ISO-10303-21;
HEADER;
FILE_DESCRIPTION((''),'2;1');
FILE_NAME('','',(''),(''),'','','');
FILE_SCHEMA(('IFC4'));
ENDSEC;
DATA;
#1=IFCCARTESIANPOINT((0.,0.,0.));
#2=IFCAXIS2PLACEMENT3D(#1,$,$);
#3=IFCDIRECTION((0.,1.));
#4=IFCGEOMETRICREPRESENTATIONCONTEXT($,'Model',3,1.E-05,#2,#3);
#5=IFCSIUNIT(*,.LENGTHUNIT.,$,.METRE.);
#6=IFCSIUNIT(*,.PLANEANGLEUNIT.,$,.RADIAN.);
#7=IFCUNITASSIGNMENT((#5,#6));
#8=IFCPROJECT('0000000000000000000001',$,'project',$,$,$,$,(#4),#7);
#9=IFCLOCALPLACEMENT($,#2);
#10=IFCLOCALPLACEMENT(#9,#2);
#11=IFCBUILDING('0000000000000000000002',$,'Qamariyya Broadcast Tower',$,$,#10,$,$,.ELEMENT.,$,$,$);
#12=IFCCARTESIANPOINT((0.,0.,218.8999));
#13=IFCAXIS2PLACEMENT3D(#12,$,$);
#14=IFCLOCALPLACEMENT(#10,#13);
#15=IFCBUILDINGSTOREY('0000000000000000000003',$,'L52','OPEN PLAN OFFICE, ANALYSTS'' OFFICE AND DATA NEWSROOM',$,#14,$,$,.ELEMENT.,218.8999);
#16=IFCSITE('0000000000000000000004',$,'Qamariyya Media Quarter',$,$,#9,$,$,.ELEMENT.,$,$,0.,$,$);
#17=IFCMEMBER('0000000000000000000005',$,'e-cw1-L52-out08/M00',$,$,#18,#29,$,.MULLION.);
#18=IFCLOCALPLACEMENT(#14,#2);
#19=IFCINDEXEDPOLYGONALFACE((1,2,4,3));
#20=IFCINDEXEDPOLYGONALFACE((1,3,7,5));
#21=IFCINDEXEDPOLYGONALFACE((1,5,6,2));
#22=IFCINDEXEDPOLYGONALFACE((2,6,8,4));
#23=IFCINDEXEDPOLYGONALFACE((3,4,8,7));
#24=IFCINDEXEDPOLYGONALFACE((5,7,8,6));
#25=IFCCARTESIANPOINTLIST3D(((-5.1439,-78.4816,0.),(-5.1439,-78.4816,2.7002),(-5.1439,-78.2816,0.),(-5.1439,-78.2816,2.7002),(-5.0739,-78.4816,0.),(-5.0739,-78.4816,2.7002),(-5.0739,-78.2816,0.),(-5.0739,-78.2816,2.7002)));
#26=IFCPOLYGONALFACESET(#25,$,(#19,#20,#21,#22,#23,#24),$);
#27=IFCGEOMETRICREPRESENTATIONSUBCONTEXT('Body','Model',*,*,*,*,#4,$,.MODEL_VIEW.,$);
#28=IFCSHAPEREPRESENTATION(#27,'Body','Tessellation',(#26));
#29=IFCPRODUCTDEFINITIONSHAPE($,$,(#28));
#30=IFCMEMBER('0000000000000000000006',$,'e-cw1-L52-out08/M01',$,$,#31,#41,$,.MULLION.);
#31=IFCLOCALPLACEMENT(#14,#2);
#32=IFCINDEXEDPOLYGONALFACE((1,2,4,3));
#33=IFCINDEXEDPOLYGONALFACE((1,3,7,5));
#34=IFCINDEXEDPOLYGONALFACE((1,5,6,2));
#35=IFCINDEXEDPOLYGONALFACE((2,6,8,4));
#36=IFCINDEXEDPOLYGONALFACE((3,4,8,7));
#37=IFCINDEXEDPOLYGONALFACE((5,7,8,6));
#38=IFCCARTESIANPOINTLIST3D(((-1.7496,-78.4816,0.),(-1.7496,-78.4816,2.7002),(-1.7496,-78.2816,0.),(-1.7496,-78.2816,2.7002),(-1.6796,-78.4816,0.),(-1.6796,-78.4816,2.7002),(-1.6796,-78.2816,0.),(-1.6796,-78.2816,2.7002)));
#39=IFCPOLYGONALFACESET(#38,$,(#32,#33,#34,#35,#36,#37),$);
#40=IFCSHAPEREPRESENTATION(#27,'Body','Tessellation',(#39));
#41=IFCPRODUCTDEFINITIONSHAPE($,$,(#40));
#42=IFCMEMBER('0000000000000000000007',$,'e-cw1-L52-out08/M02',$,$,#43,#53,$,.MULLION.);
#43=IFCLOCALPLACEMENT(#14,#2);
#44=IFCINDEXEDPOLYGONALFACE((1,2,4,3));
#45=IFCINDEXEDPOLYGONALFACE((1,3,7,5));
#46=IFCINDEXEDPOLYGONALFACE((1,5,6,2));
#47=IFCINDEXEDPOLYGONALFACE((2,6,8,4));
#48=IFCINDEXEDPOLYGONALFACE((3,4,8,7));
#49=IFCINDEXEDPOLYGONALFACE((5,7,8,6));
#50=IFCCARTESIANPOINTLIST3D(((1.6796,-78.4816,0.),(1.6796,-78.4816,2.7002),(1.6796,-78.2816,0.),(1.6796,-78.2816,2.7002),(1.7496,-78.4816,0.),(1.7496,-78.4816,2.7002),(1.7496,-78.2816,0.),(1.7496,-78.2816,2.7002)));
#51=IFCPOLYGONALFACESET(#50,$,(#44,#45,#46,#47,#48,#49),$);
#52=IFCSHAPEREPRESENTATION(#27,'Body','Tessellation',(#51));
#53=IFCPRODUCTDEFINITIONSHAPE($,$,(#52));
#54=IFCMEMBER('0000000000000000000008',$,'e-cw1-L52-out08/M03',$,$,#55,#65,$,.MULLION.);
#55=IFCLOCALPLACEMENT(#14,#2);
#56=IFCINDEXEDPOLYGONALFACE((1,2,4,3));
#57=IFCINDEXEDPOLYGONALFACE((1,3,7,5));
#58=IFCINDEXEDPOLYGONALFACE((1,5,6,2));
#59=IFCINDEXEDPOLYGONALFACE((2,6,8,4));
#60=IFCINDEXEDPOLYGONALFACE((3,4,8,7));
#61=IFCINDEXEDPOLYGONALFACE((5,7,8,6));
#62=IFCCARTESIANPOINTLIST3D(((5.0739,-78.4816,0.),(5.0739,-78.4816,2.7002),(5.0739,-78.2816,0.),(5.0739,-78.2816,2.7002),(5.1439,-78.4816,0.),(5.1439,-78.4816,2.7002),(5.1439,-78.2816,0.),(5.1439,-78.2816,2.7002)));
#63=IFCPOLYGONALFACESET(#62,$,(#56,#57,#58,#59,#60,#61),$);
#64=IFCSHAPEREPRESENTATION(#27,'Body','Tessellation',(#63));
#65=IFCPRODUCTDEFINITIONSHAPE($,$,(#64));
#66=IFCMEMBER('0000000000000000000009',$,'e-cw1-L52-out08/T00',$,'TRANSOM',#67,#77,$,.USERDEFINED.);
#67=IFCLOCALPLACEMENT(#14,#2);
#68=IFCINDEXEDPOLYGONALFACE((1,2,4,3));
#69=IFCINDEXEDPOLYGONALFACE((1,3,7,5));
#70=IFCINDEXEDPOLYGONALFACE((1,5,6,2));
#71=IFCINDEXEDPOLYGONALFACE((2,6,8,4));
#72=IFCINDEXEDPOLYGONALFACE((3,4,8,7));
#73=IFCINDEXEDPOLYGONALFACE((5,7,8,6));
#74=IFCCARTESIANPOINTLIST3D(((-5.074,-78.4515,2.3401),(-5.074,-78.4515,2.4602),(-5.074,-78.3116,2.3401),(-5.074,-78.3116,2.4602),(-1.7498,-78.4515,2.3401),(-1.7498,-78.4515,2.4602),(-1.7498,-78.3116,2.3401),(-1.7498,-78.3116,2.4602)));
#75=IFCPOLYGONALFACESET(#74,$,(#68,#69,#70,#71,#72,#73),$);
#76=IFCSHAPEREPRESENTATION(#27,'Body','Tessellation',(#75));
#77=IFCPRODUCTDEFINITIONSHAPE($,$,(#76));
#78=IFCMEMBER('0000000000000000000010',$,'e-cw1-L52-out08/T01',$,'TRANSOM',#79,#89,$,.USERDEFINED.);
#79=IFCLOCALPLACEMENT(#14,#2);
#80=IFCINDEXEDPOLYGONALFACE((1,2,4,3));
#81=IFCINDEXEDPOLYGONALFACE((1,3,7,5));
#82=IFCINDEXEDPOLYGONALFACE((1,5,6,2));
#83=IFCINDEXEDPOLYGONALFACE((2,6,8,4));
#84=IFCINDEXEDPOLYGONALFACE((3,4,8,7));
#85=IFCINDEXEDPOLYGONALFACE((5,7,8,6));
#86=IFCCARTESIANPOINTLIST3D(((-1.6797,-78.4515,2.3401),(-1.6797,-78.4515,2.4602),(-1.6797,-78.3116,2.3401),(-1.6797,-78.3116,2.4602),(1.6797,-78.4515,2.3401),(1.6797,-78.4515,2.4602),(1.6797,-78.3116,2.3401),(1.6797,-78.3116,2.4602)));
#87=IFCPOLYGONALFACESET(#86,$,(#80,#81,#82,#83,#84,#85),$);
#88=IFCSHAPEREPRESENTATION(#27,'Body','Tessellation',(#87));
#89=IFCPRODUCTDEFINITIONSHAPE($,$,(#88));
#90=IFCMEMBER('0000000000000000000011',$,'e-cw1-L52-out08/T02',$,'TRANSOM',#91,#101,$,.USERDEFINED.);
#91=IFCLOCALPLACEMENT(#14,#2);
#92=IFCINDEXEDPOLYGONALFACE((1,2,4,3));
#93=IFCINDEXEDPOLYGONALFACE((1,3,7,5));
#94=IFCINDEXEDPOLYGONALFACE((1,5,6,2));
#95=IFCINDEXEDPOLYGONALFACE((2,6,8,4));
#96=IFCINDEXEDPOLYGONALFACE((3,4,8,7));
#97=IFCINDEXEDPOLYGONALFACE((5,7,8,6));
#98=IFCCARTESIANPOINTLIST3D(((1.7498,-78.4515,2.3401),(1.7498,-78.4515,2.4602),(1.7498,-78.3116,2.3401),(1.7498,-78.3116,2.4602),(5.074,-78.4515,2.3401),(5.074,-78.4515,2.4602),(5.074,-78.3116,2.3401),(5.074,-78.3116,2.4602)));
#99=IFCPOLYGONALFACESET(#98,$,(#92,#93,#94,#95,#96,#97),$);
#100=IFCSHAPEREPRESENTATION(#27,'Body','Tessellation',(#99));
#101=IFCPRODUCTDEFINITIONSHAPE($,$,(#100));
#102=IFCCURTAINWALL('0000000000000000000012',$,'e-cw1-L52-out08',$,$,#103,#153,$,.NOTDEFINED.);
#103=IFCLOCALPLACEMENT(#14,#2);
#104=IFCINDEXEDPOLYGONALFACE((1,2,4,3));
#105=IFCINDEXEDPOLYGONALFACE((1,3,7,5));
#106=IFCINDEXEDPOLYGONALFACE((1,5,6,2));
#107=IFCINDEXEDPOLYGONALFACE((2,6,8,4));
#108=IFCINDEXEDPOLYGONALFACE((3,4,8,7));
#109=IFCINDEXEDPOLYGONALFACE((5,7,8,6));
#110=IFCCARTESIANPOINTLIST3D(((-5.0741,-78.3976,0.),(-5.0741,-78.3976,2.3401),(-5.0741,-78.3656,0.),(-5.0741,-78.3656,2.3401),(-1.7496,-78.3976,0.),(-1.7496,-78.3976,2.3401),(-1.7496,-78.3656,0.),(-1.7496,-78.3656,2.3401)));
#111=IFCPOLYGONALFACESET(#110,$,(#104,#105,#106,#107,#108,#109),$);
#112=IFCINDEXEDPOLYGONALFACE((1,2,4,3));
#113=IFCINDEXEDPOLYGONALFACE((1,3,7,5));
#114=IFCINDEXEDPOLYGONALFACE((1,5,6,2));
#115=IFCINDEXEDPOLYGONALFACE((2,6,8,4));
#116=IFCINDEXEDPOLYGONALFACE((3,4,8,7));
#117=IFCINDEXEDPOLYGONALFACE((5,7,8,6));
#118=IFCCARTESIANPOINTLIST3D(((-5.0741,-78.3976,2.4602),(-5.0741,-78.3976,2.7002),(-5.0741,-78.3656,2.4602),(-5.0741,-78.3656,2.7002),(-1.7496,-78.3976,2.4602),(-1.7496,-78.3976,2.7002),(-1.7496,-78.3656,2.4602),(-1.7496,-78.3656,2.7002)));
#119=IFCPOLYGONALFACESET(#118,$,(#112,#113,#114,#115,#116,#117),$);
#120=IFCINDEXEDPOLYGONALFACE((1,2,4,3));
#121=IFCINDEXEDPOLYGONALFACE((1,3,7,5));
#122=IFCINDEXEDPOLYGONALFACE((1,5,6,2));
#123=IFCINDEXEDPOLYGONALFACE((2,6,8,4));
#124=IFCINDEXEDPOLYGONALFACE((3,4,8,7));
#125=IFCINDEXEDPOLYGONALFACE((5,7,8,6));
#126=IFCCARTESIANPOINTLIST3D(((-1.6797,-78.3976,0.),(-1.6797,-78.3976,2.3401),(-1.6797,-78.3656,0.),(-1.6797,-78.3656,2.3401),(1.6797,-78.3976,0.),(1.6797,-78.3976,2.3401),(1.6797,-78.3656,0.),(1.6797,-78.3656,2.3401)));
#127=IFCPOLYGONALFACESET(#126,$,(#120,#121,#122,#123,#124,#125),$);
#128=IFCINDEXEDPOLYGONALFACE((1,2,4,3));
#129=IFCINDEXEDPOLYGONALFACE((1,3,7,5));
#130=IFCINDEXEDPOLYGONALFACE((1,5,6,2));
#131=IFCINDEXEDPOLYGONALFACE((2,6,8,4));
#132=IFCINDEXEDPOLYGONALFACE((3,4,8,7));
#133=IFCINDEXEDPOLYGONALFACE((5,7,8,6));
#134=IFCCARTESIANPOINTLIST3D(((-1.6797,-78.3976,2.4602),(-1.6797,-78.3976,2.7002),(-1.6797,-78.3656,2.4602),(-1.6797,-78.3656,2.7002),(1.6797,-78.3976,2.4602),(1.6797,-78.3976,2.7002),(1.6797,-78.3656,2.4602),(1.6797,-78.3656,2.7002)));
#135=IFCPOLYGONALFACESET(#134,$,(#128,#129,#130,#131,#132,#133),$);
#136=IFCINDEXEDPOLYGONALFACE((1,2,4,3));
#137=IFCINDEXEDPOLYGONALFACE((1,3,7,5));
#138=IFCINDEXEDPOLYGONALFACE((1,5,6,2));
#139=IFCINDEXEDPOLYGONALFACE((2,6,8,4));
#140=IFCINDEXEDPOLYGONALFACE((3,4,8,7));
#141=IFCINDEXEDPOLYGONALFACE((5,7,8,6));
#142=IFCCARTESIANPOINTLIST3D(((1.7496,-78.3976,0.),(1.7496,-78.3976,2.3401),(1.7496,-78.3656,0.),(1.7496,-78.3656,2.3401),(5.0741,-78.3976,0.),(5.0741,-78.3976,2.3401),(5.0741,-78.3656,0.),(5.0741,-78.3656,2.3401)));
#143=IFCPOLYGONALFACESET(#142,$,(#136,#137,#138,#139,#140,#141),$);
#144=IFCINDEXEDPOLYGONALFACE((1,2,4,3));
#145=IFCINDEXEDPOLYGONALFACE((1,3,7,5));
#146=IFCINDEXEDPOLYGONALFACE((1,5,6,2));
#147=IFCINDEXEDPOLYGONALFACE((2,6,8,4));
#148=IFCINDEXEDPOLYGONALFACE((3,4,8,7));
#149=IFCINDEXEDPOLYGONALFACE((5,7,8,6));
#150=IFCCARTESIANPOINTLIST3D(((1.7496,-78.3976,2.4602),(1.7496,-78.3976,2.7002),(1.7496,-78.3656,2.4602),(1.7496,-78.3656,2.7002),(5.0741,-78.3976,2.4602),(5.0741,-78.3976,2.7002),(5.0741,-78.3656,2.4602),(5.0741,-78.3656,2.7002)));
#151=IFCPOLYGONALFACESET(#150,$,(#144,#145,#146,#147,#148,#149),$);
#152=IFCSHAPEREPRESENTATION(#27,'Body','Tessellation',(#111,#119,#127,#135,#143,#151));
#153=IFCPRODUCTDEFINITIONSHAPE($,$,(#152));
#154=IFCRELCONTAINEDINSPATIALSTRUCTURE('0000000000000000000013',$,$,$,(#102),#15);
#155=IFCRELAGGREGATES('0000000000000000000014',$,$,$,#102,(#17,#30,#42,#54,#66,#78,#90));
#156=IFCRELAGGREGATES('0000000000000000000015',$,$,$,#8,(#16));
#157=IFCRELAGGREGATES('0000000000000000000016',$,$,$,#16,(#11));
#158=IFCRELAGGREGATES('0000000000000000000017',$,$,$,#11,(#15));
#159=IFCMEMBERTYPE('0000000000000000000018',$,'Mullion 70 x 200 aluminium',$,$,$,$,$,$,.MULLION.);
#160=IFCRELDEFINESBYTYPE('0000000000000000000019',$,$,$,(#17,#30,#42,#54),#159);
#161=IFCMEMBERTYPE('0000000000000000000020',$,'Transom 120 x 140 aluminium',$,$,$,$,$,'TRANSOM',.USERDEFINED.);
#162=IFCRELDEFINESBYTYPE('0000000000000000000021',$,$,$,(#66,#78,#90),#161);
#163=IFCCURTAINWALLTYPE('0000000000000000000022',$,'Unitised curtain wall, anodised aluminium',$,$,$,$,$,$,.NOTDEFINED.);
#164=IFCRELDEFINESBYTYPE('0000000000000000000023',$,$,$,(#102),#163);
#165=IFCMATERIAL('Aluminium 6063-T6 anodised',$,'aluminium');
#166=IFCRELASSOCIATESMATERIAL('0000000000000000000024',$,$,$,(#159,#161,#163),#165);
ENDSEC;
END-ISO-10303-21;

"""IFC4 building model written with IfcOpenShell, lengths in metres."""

from ifc_helpers import new_model, si_unit, direction, frame, origin, origin_2d, place, context, subcontext, project, spatial, rectangle, extrude, material, material_profile, profile_set, type_object, element, aggregate, save


model = new_model("IFC4")

# Units and contexts
model_context = context("Model", 3, precision=1e-05, world=origin(), true_north=direction((0.0, 1.0)))
body_context = subcontext(model_context, "Body", "Model", "MODEL_VIEW")
ifc_project = project(units=[si_unit("LENGTHUNIT", "METRE"), si_unit("PLANEANGLEUNIT", "RADIAN")], contexts=[model_context])

# Members
ifc_material = material(Name="Aluminium 6063-T6 anodised", Category="aluminium")
ifc_material_profile_1 = material_profile(ifc_material, rectangle(XDim=0.2, YDim=0.0701, at=origin_2d()))
ifc_profile_set_1 = profile_set([ifc_material_profile_1], Name="Aluminium 6063-T6 anodised")
member_type_1 = type_object("IfcMemberType", Name="Mullion 70 x 200 aluminium", PredefinedType="MULLION", material=ifc_profile_set_1)
site_placement = place(None, origin())
building_placement = place(site_placement, origin())
storey_placement = place(building_placement, frame((0.0, 0.0, 218.8999)))
member_1_placement = place(storey_placement, frame((-5.1089, -78.3816, 0.0), z_axis=(0.0, 0.0, 1.0), x_axis=(0.0, 1.0, 0.0)))
member_1 = element("IfcMember", 1, at=member_1_placement, type_object=member_type_1, Name="e-cw1-L52-out08/M00", PredefinedType="MULLION", context=body_context, shape_type="SweptSolid", body=[
    extrude(rectangle(XDim=0.2, YDim=0.0701, at=origin_2d()), origin(), (0.0, 0.0, 1.0), 2.7002),
])
member_2_placement = place(storey_placement, frame((-1.7146, -78.3816, 0.0), z_axis=(0.0, 0.0, 1.0), x_axis=(0.0, 1.0, 0.0)))
member_2 = element("IfcMember", 2, at=member_2_placement, type_object=member_type_1, Name="e-cw1-L52-out08/M01", PredefinedType="MULLION", context=body_context, shape_type="SweptSolid", body=[
    extrude(rectangle(XDim=0.2, YDim=0.0701, at=origin_2d()), origin(), (0.0, 0.0, 1.0), 2.7002),
])
member_3_placement = place(storey_placement, frame((1.7146, -78.3816, 0.0), z_axis=(0.0, 0.0, 1.0), x_axis=(0.0, 1.0, 0.0)))
member_3 = element("IfcMember", 3, at=member_3_placement, type_object=member_type_1, Name="e-cw1-L52-out08/M02", PredefinedType="MULLION", context=body_context, shape_type="SweptSolid", body=[
    extrude(rectangle(XDim=0.2, YDim=0.0701, at=origin_2d()), origin(), (0.0, 0.0, 1.0), 2.7002),
])
member_4_placement = place(storey_placement, frame((5.1089, -78.3816, 0.0), z_axis=(0.0, 0.0, 1.0), x_axis=(0.0, 1.0, 0.0)))
member_4 = element("IfcMember", 4, at=member_4_placement, type_object=member_type_1, Name="e-cw1-L52-out08/M03", PredefinedType="MULLION", context=body_context, shape_type="SweptSolid", body=[
    extrude(rectangle(XDim=0.2, YDim=0.0701, at=origin_2d()), origin(), (0.0, 0.0, 1.0), 2.7002),
])
ifc_material_profile_2 = material_profile(ifc_material, rectangle(XDim=0.1399, YDim=0.1201, at=origin_2d()))
ifc_profile_set_2 = profile_set([ifc_material_profile_2], Name="Aluminium 6063-T6 anodised")
member_type_2 = type_object("IfcMemberType", Name="Transom 120 x 140 aluminium", ElementType="TRANSOM", PredefinedType="USERDEFINED", material=ifc_profile_set_2)
member_5_placement = place(storey_placement, frame((-5.074, -78.3816, 2.4001), z_axis=(1.0, 0.0, 0.0), x_axis=(0.0, 1.0, 0.0)))
member_5 = element("IfcMember", 5, at=member_5_placement, type_object=member_type_2, Name="e-cw1-L52-out08/T00", ObjectType="TRANSOM", PredefinedType="USERDEFINED", context=body_context, shape_type="SweptSolid", body=[
    extrude(rectangle(XDim=0.1399, YDim=0.1201, at=origin_2d()), origin(), (0.0, 0.0, 1.0), 3.3242),
])
member_6_placement = place(storey_placement, frame((-1.6797, -78.3816, 2.4001), z_axis=(1.0, 0.0, 0.0), x_axis=(0.0, 1.0, 0.0)))
member_6 = element("IfcMember", 6, at=member_6_placement, type_object=member_type_2, Name="e-cw1-L52-out08/T01", ObjectType="TRANSOM", PredefinedType="USERDEFINED", context=body_context, shape_type="SweptSolid", body=[
    extrude(rectangle(XDim=0.1399, YDim=0.1201, at=origin_2d()), origin(), (0.0, 0.0, 1.0), 3.3594),
])
member_7_placement = place(storey_placement, frame((1.7498, -78.3816, 2.4001), z_axis=(1.0, 0.0, 0.0), x_axis=(0.0, 1.0, 0.0)))
member_7 = element("IfcMember", 7, at=member_7_placement, type_object=member_type_2, Name="e-cw1-L52-out08/T02", ObjectType="TRANSOM", PredefinedType="USERDEFINED", context=body_context, shape_type="SweptSolid", body=[
    extrude(rectangle(XDim=0.1399, YDim=0.1201, at=origin_2d()), origin(), (0.0, 0.0, 1.0), 3.3242),
])

# Site, building, storey
site = spatial("IfcSite", under=ifc_project, at=site_placement, Name="Qamariyya Media Quarter", CompositionType="ELEMENT", RefElevation=0.0)
building = spatial("IfcBuilding", under=site, at=building_placement, Name="Qamariyya Broadcast Tower", CompositionType="ELEMENT")
storey = spatial("IfcBuildingStorey", under=building, at=storey_placement, Name="L52", Description="OPEN PLAN OFFICE, ANALYSTS' OFFICE AND DATA NEWSROOM", CompositionType="ELEMENT", Elevation=218.8999)

# Curtain wall
curtain_wall_type = type_object("IfcCurtainWallType", Name="Unitised curtain wall, anodised aluminium", PredefinedType="NOTDEFINED", material=ifc_material)
curtain_wall_1_placement = place(storey_placement, origin())
curtain_wall_1 = element("IfcCurtainWall", 8, at=curtain_wall_1_placement, inside=storey, type_object=curtain_wall_type, Name="e-cw1-L52-out08", PredefinedType="NOTDEFINED", context=body_context, shape_type="SweptSolid", body=[
    extrude(rectangle(XDim=3.3245, YDim=0.032, at=origin_2d()), frame((-3.4119, -78.3816, 0.0), x_axis=(1.0, 0.0, 0.0)), (0.0, 0.0, 1.0), 2.3401),
    extrude(rectangle(XDim=3.3245, YDim=0.032, at=origin_2d()), frame((-3.4119, -78.3816, 2.4602), x_axis=(1.0, 0.0, 0.0)), (0.0, 0.0, 1.0), 0.24),
    extrude(rectangle(XDim=3.3594, YDim=0.032, at=origin_2d()), frame((0.0, -78.3816, 0.0), x_axis=(1.0, 0.0, 0.0)), (0.0, 0.0, 1.0), 2.3401),
    extrude(rectangle(XDim=3.3594, YDim=0.032, at=origin_2d()), frame((0.0, -78.3816, 2.4602), x_axis=(1.0, 0.0, 0.0)), (0.0, 0.0, 1.0), 0.24),
    extrude(rectangle(XDim=3.3245, YDim=0.032, at=origin_2d()), frame((3.4119, -78.3816, 0.0), x_axis=(1.0, 0.0, 0.0)), (0.0, 0.0, 1.0), 2.3401),
    extrude(rectangle(XDim=3.3245, YDim=0.032, at=origin_2d()), frame((3.4119, -78.3816, 2.4602), x_axis=(1.0, 0.0, 0.0)), (0.0, 0.0, 1.0), 0.24),
])
aggregate(curtain_wall_1, [member_1, member_2, member_3, member_4, member_5, member_6, member_7])

save(model, "model.ifc")
